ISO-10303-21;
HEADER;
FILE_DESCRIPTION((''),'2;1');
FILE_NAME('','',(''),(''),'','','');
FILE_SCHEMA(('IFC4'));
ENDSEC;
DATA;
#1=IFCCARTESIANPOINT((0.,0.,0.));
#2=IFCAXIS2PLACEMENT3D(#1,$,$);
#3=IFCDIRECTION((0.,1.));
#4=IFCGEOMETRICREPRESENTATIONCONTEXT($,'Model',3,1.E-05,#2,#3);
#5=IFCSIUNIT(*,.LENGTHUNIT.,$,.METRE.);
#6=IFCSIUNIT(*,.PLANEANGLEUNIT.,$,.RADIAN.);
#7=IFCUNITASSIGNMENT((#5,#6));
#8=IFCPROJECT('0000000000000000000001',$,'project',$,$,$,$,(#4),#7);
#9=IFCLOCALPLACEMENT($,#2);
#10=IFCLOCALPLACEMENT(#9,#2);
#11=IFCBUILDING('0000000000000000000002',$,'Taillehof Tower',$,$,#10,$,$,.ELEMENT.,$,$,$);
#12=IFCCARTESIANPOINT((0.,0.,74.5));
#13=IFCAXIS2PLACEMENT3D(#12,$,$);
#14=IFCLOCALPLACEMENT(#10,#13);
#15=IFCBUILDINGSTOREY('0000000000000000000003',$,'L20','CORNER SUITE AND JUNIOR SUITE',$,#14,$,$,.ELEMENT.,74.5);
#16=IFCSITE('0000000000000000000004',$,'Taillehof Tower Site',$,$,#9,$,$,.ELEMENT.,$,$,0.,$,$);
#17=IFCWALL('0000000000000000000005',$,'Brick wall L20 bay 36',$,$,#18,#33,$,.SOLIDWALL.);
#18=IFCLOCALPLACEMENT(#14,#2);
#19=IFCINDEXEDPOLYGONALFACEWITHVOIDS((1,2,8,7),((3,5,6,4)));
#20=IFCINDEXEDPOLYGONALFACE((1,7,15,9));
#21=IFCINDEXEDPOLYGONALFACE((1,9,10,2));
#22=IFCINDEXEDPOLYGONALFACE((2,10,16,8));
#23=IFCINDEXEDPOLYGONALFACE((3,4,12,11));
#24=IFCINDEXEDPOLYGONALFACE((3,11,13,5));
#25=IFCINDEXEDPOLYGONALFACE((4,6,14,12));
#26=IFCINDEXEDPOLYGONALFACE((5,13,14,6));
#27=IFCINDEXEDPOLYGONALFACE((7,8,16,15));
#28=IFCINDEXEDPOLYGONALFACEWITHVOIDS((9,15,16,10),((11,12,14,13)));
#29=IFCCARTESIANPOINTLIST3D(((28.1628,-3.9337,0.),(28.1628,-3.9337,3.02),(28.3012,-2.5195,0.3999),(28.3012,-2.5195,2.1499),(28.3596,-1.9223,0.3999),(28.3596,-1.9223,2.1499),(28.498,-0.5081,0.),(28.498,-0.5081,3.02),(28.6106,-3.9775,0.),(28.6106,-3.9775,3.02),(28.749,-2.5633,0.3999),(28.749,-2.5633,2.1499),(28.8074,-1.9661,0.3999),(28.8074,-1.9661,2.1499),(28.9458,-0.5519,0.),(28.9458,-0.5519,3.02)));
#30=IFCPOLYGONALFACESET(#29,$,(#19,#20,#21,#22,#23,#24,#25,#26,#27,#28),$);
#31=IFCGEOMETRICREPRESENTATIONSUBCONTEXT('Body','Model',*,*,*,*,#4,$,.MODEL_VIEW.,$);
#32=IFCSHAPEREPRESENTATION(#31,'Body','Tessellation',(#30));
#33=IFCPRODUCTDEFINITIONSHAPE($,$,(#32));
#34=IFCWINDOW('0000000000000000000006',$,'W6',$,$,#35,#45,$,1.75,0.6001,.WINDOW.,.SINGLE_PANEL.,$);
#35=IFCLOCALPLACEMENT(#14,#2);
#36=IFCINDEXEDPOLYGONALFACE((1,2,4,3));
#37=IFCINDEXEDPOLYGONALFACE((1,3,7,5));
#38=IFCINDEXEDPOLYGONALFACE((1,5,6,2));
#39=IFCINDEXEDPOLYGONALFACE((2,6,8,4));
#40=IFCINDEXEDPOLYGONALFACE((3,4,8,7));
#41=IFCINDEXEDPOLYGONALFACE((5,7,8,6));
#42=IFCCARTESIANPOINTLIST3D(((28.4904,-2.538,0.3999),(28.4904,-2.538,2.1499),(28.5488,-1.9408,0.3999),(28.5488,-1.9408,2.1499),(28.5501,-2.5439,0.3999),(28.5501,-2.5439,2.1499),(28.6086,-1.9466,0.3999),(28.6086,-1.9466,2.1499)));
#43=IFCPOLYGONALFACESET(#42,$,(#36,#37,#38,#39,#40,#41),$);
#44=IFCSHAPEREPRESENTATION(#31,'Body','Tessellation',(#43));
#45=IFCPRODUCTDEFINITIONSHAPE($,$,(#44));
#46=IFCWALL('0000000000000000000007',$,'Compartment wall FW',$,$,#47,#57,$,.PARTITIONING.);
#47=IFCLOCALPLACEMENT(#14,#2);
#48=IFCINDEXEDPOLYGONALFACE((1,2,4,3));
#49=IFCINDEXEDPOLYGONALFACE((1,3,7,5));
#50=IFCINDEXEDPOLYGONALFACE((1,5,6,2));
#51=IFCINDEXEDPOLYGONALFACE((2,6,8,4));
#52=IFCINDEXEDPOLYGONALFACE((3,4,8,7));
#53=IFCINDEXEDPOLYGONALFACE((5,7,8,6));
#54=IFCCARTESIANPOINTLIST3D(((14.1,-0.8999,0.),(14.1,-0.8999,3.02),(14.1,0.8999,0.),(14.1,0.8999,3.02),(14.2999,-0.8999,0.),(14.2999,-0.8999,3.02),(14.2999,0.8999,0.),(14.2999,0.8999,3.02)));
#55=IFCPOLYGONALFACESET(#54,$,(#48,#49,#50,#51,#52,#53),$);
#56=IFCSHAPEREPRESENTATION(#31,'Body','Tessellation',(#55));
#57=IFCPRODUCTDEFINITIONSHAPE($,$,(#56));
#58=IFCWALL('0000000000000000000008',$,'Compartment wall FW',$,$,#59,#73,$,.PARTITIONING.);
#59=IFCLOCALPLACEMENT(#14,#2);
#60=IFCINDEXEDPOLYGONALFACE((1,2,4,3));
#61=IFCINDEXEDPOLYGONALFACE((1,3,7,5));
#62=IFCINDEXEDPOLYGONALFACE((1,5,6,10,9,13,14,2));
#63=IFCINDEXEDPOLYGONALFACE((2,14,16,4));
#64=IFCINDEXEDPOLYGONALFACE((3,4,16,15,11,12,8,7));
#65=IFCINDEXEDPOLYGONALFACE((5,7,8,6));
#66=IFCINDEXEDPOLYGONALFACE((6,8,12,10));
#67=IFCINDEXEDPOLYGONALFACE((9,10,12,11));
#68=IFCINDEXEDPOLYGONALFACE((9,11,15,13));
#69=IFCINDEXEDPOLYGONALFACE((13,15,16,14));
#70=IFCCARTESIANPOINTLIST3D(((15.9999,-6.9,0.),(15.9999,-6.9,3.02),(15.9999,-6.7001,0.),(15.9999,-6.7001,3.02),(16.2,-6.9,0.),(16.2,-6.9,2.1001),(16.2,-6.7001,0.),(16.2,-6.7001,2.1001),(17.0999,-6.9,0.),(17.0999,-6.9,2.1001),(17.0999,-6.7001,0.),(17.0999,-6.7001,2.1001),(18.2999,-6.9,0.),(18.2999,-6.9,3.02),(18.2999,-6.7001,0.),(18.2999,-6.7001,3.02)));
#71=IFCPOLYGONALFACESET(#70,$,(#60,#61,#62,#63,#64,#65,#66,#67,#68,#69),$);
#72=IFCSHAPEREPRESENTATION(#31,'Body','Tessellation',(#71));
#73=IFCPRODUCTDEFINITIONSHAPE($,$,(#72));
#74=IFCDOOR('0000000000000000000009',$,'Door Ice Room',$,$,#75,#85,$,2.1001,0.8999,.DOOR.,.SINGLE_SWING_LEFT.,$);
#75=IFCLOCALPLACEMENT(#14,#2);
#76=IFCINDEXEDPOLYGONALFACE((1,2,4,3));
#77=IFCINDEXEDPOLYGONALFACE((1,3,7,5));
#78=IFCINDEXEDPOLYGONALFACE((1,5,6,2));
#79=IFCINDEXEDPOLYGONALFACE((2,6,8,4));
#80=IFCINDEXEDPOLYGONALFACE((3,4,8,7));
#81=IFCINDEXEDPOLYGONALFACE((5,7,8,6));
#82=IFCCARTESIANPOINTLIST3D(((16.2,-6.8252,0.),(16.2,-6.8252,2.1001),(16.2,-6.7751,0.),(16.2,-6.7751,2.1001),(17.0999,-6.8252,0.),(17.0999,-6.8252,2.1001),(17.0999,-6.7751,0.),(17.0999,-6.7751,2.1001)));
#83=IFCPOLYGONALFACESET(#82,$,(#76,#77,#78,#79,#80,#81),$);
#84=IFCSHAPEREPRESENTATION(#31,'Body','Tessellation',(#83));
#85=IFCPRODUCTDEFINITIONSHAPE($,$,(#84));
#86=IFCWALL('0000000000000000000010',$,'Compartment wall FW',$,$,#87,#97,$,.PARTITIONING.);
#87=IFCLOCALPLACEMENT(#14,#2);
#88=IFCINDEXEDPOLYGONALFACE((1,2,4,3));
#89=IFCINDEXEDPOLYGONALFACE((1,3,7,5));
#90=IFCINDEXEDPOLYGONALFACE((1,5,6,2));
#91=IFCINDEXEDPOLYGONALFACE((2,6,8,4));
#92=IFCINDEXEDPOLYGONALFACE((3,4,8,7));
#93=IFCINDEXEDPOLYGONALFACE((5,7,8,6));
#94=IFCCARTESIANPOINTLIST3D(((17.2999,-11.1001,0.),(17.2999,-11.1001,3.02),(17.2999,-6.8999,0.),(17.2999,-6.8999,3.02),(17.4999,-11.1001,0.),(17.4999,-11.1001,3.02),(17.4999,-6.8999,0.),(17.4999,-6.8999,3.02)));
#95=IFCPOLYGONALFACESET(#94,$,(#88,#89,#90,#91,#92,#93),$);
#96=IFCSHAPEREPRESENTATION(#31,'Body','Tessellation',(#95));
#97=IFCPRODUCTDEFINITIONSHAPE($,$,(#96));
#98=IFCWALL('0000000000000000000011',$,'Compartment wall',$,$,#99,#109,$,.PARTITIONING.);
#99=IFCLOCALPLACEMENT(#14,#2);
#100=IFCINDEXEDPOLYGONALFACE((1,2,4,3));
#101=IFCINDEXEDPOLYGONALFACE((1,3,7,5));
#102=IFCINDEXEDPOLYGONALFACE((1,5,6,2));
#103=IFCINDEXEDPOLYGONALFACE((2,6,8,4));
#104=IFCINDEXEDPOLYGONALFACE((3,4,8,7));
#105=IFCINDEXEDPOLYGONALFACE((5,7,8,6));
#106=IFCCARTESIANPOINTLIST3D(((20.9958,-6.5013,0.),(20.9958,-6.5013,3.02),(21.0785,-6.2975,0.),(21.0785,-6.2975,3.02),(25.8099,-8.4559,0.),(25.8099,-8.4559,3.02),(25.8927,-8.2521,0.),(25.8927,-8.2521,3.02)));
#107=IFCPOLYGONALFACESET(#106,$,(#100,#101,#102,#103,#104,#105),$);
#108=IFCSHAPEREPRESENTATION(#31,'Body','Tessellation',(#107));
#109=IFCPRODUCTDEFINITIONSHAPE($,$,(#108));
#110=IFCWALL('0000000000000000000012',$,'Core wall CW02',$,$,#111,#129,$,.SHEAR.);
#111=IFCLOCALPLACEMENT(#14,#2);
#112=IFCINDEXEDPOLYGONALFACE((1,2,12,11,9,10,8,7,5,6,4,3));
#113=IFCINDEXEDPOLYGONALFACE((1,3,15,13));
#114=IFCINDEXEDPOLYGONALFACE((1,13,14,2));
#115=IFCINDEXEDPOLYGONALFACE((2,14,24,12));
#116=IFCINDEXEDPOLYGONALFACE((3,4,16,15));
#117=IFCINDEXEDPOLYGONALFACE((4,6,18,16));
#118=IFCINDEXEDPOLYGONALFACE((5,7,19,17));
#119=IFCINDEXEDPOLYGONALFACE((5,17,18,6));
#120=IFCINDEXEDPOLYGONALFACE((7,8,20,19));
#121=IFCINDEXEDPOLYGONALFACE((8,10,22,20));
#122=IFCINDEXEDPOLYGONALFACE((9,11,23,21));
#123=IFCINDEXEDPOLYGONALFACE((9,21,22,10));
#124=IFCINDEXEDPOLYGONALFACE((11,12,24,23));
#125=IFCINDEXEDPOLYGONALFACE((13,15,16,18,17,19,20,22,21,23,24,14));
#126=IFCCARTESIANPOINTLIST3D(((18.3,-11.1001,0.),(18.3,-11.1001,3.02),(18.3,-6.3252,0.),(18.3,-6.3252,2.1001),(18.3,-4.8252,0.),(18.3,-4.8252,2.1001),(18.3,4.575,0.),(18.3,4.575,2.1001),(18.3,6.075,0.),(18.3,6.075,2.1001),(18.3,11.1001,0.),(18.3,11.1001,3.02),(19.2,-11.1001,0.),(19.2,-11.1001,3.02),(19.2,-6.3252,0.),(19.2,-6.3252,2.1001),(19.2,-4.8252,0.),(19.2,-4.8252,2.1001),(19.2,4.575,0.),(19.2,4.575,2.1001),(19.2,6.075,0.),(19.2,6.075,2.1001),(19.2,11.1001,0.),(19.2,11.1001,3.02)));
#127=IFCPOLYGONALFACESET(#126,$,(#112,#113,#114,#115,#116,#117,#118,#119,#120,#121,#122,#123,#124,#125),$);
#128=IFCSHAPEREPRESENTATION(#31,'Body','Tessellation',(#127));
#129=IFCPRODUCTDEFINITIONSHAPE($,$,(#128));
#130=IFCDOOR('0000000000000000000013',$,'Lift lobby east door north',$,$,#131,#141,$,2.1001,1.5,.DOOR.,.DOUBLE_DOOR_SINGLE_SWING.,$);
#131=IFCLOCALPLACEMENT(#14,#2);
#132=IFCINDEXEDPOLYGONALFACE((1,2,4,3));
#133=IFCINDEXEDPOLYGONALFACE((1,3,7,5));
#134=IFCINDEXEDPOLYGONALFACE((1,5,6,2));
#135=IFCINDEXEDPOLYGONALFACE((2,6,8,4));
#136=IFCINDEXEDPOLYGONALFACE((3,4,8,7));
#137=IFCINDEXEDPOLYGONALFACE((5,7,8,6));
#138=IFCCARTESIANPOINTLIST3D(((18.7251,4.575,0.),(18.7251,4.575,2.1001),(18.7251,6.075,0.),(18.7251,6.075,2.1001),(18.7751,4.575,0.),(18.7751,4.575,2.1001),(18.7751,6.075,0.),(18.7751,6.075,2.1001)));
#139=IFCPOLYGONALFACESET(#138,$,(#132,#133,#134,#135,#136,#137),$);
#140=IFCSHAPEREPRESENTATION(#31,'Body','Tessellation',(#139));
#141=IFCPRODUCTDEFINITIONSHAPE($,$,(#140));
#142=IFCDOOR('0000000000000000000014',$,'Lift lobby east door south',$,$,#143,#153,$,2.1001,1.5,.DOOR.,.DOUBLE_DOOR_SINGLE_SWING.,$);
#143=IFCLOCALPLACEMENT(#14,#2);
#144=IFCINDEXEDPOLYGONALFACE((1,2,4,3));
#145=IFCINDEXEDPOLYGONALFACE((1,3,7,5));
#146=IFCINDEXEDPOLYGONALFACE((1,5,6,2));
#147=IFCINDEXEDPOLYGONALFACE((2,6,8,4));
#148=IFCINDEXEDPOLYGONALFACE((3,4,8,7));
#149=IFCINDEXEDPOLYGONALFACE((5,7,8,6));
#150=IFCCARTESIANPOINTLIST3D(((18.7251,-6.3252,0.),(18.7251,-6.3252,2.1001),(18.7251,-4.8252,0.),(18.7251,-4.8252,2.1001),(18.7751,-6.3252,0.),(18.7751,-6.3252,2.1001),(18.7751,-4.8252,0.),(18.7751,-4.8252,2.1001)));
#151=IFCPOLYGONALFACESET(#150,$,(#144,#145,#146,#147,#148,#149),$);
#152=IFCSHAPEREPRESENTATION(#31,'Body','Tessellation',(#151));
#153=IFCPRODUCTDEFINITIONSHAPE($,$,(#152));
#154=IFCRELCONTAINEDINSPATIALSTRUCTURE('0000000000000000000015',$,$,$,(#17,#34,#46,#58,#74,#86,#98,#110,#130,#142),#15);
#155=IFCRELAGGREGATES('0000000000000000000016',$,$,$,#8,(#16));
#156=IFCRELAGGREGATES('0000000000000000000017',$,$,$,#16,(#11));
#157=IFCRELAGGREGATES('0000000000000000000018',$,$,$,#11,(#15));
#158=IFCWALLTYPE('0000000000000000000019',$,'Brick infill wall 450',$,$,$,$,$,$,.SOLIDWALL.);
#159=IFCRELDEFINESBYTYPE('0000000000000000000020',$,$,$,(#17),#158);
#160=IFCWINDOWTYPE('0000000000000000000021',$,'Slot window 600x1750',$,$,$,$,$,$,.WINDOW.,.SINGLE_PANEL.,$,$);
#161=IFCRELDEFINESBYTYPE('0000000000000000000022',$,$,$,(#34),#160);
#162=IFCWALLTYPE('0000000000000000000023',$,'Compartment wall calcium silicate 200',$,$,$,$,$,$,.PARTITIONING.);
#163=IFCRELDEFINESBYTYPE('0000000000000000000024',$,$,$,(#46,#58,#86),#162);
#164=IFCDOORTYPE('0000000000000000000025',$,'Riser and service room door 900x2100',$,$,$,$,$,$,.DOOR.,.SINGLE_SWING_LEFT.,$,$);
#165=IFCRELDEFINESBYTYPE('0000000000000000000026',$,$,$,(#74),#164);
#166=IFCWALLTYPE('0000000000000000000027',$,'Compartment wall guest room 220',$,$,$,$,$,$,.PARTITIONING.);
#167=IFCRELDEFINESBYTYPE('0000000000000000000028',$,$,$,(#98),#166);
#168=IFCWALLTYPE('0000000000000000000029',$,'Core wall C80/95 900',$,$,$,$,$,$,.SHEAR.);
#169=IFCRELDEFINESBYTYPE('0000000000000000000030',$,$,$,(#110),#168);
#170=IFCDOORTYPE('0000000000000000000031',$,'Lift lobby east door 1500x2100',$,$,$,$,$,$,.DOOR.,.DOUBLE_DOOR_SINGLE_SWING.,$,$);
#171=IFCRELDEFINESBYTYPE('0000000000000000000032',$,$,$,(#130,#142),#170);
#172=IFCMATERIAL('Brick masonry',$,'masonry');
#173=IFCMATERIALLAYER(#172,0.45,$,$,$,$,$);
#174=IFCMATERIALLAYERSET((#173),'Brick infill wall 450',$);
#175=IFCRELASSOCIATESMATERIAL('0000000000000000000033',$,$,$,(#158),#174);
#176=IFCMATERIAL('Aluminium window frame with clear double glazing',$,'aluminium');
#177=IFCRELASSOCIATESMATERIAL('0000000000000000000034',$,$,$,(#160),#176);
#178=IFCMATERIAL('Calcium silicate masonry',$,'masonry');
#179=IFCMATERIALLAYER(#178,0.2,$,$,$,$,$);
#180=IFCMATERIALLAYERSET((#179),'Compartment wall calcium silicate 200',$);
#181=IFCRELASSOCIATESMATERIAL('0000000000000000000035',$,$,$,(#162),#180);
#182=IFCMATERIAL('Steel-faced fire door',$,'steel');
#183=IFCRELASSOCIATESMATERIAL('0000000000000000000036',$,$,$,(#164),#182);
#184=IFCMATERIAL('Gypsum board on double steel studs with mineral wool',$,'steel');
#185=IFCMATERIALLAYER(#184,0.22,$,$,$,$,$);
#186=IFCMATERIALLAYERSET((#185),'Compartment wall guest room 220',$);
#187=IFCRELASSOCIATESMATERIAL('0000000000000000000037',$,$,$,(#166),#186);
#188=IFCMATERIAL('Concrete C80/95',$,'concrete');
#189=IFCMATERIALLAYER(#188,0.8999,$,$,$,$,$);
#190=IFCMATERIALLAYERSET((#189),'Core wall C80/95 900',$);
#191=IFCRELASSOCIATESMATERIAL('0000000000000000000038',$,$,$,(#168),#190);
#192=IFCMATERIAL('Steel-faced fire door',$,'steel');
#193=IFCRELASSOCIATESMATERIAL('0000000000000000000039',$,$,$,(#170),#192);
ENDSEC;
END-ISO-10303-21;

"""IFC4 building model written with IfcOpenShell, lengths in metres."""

from ifc_helpers import new_model, si_unit, direction, frame, frame_2d, origin, place, context, subcontext, project, spatial, rectangle, extrude, material, layer, layer_set, type_object, element, fill, save


model = new_model("IFC4")

# Units and contexts
model_context = context("Model", 3, precision=1e-05, world=origin(), true_north=direction((0.0, 1.0)))
body_context = subcontext(model_context, "Body", "Model", "MODEL_VIEW")
ifc_project = project(units=[si_unit("LENGTHUNIT", "METRE"), si_unit("PLANEANGLEUNIT", "RADIAN")], contexts=[model_context])

# Site, building, storey
site_placement = place(None, origin())
site = spatial("IfcSite", under=ifc_project, at=site_placement, Name="Taillehof Tower Site", CompositionType="ELEMENT", RefElevation=0.0)
building_placement = place(site_placement, origin())
building = spatial("IfcBuilding", under=site, at=building_placement, Name="Taillehof Tower", CompositionType="ELEMENT")
storey_placement = place(building_placement, frame((0.0, 0.0, 74.5)))
storey = spatial("IfcBuildingStorey", under=building, at=storey_placement, Name="L20", Description="CORNER SUITE AND JUNIOR SUITE", CompositionType="ELEMENT", Elevation=74.5)

# Shared definitions
ifc_material_1 = material(Name="Brick masonry", Category="masonry")
ifc_layer_1 = layer(ifc_material_1, 0.45)
ifc_layer_set_1 = layer_set([ifc_layer_1], Name="Brick infill wall 450")
wall_type_1 = type_object("IfcWallType", Name="Brick infill wall 450", PredefinedType="SOLIDWALL", material=ifc_layer_set_1)
ifc_material_2 = material(Name="Aluminium window frame with clear double glazing", Category="aluminium")
window_type = type_object("IfcWindowType", Name="Slot window 600x1750", PartitioningType="SINGLE_PANEL", PredefinedType="WINDOW", material=ifc_material_2)

# Wall, opening, window
wall_1_placement = place(storey_placement, frame((28.3867, -3.9556, 0.0), z_axis=(0.0, 0.0, 1.0), x_axis=(0.09739, 0.995246, 0.0)))
wall_1 = element("IfcWall", 1, at=wall_1_placement, inside=storey, type_object=wall_type_1, Name="Brick wall L20 bay 36", PredefinedType="SOLIDWALL", context=body_context, shape_type="SweptSolid", body=[
    extrude(rectangle(XDim=3.4419, YDim=0.45, at=frame_2d((1.7209, 0.0))), origin(), (0.0, 0.0, 1.0), 3.02),
])
opening_1_placement = place(wall_1_placement, frame((1.4209, 0.0, 0.3999)))
opening_1 = element("IfcOpeningElement", 2, at=opening_1_placement, cuts=wall_1, PredefinedType="OPENING", context=body_context, shape_type="SweptSolid", body=[
    extrude(rectangle(XDim=0.6001, YDim=1.75, at=frame_2d((0.3, 0.875))), frame((0.0, 0.2349, 0.0), z_axis=(0.0, -1.0, 0.0), x_axis=(1.0, 0.0, 0.0)), (0.0, 0.0, 1.0), 0.47),
])
window_1_placement = place(opening_1_placement, origin())
window_1 = element("IfcWindow", 3, at=window_1_placement, inside=storey, type_object=window_type, Name="W6", OverallHeight=1.75, OverallWidth=0.6001, PartitioningType="SINGLE_PANEL", PredefinedType="WINDOW", context=body_context, shape_type="SweptSolid", body=[
    extrude(rectangle(XDim=0.6001, YDim=1.75, at=frame_2d((0.3, 0.875))), frame((0.0, 0.0349, 0.0), z_axis=(0.0, -1.0, 0.0), x_axis=(1.0, 0.0, 0.0)), (0.0, 0.0, 1.0), 0.0601),
])
fill(opening_1, window_1)

# Wall
ifc_material_3 = material(Name="Calcium silicate masonry", Category="masonry")
ifc_layer_2 = layer(ifc_material_3, 0.2)
ifc_layer_set_2 = layer_set([ifc_layer_2], Name="Compartment wall calcium silicate 200")
wall_type_2 = type_object("IfcWallType", Name="Compartment wall calcium silicate 200", PredefinedType="PARTITIONING", material=ifc_layer_set_2)
wall_2_placement = place(storey_placement, frame((14.2, -0.8999, 0.0), z_axis=(0.0, 0.0, 1.0), x_axis=(0.0, 1.0, 0.0)))
element("IfcWall", 4, at=wall_2_placement, inside=storey, type_object=wall_type_2, Name="Compartment wall FW", PredefinedType="PARTITIONING", context=body_context, shape_type="SweptSolid", body=[
    extrude(rectangle(XDim=1.7998, YDim=0.2, at=frame_2d((0.8999, 0.0))), origin(), (0.0, 0.0, 1.0), 3.02),
])

# Wall, opening, door
wall_3_placement = place(storey_placement, frame((16.0, -6.8, 0.0), z_axis=(0.0, 0.0, 1.0), x_axis=(1.0, 0.0, 0.0)))
wall_3 = element("IfcWall", 5, at=wall_3_placement, inside=storey, type_object=wall_type_2, Name="Compartment wall FW", PredefinedType="PARTITIONING", context=body_context, shape_type="SweptSolid", body=[
    extrude(rectangle(XDim=2.3, YDim=0.2, at=frame_2d((1.1499, 0.0))), origin(), (0.0, 0.0, 1.0), 3.02),
])
opening_2_placement = place(wall_3_placement, frame((0.2, 0.0, 0.0)))
opening_2 = element("IfcOpeningElement", 6, at=opening_2_placement, cuts=wall_3, PredefinedType="OPENING", context=body_context, shape_type="SweptSolid", body=[
    extrude(rectangle(XDim=0.8999, YDim=2.1001, at=frame_2d((0.45, 1.05))), frame((0.0, 0.1099, 0.0), z_axis=(0.0, -1.0, 0.0), x_axis=(1.0, 0.0, 0.0)), (0.0, 0.0, 1.0), 0.22),
])
ifc_material_4 = material(Name="Steel-faced fire door", Category="steel")
door_type_1 = type_object("IfcDoorType", Name="Riser and service room door 900x2100", OperationType="SINGLE_SWING_LEFT", PredefinedType="DOOR", material=ifc_material_4)
door_1_placement = place(opening_2_placement, origin())
door_1 = element("IfcDoor", 7, at=door_1_placement, inside=storey, type_object=door_type_1, Name="Door Ice Room", OperationType="SINGLE_SWING_LEFT", OverallHeight=2.1001, OverallWidth=0.8999, PredefinedType="DOOR", context=body_context, shape_type="SweptSolid", body=[
    extrude(rectangle(XDim=0.8999, YDim=2.1001, at=frame_2d((0.45, 1.05))), frame((0.0, 0.0249, 0.0), z_axis=(0.0, -1.0, 0.0), x_axis=(1.0, 0.0, 0.0)), (0.0, 0.0, 1.0), 0.05),
])
fill(opening_2, door_1)

# Walls
wall_4_placement = place(storey_placement, frame((17.3999, -11.1001, 0.0), z_axis=(0.0, 0.0, 1.0), x_axis=(0.0, 1.0, 0.0)))
element("IfcWall", 8, at=wall_4_placement, inside=storey, type_object=wall_type_2, Name="Compartment wall FW", PredefinedType="PARTITIONING", context=body_context, shape_type="SweptSolid", body=[
    extrude(rectangle(XDim=4.2002, YDim=0.2, at=frame_2d((2.1001, 0.0))), origin(), (0.0, 0.0, 1.0), 3.02),
])
ifc_material_5 = material(Name="Gypsum board on double steel studs with mineral wool", Category="steel")
ifc_layer_3 = layer(ifc_material_5, 0.22)
ifc_layer_set_3 = layer_set([ifc_layer_3], Name="Compartment wall guest room 220")
wall_type_3 = type_object("IfcWallType", Name="Compartment wall guest room 220", PredefinedType="PARTITIONING", material=ifc_layer_set_3)
wall_5_placement = place(storey_placement, frame((25.8513, -8.354, 0.0), z_axis=(0.0, 0.0, 1.0), x_axis=(-0.926546, 0.376182, 0.0)))
element("IfcWall", 9, at=wall_5_placement, inside=storey, type_object=wall_type_3, Name="Compartment wall", PredefinedType="PARTITIONING", context=body_context, shape_type="SweptSolid", body=[
    extrude(rectangle(XDim=5.1958, YDim=0.22, at=frame_2d((2.5979, 0.0))), origin(), (0.0, 0.0, 1.0), 3.02),
])

# Wall, openings, doors
ifc_material_6 = material(Name="Concrete C80/95", Category="concrete")
ifc_layer_4 = layer(ifc_material_6, 0.8999)
ifc_layer_set_4 = layer_set([ifc_layer_4], Name="Core wall C80/95 900")
wall_type_4 = type_object("IfcWallType", Name="Core wall C80/95 900", PredefinedType="SHEAR", material=ifc_layer_set_4)
wall_6_placement = place(storey_placement, frame((18.75, -11.1001, 0.0), z_axis=(0.0, 0.0, 1.0), x_axis=(0.0, 1.0, 0.0)))
wall_6 = element("IfcWall", 10, at=wall_6_placement, inside=storey, type_object=wall_type_4, Name="Core wall CW02", PredefinedType="SHEAR", context=body_context, shape_type="SweptSolid", body=[
    extrude(rectangle(XDim=22.2002, YDim=0.8999, at=frame_2d((11.1001, 0.0))), origin(), (0.0, 0.0, 1.0), 3.02),
])
opening_3_placement = place(wall_6_placement, frame((15.675, 0.0, 0.0)))
opening_3 = element("IfcOpeningElement", 11, at=opening_3_placement, cuts=wall_6, PredefinedType="OPENING", context=body_context, shape_type="SweptSolid", body=[
    extrude(rectangle(XDim=1.5, YDim=2.1001, at=frame_2d((0.75, 1.05))), frame((0.0, 0.46, 0.0), z_axis=(0.0, -1.0, 0.0), x_axis=(1.0, 0.0, 0.0)), (0.0, 0.0, 1.0), 0.9199),
])
opening_4_placement = place(wall_6_placement, frame((4.7749, 0.0, 0.0)))
opening_4 = element("IfcOpeningElement", 12, at=opening_4_placement, cuts=wall_6, PredefinedType="OPENING", context=body_context, shape_type="SweptSolid", body=[
    extrude(rectangle(XDim=1.5, YDim=2.1001, at=frame_2d((0.75, 1.05))), frame((0.0, 0.46, 0.0), z_axis=(0.0, -1.0, 0.0), x_axis=(1.0, 0.0, 0.0)), (0.0, 0.0, 1.0), 0.9199),
])
ifc_material_7 = material(Name="Steel-faced fire door", Category="steel")
door_type_2 = type_object("IfcDoorType", Name="Lift lobby east door 1500x2100", OperationType="DOUBLE_DOOR_SINGLE_SWING", PredefinedType="DOOR", material=ifc_material_7)
door_2_placement = place(opening_3_placement, origin())
door_2 = element("IfcDoor", 13, at=door_2_placement, inside=storey, type_object=door_type_2, Name="Lift lobby east door north", OperationType="DOUBLE_DOOR_SINGLE_SWING", OverallHeight=2.1001, OverallWidth=1.5, PredefinedType="DOOR", context=body_context, shape_type="SweptSolid", body=[
    extrude(rectangle(XDim=1.5, YDim=2.1001, at=frame_2d((0.75, 1.05))), frame((0.0, 0.0249, 0.0), z_axis=(0.0, -1.0, 0.0), x_axis=(1.0, 0.0, 0.0)), (0.0, 0.0, 1.0), 0.05),
])
fill(opening_3, door_2)
door_3_placement = place(opening_4_placement, origin())
door_3 = element("IfcDoor", 14, at=door_3_placement, inside=storey, type_object=door_type_2, Name="Lift lobby east door south", OperationType="DOUBLE_DOOR_SINGLE_SWING", OverallHeight=2.1001, OverallWidth=1.5, PredefinedType="DOOR", context=body_context, shape_type="SweptSolid", body=[
    extrude(rectangle(XDim=1.5, YDim=2.1001, at=frame_2d((0.75, 1.05))), frame((0.0, 0.0249, 0.0), z_axis=(0.0, -1.0, 0.0), x_axis=(1.0, 0.0, 0.0)), (0.0, 0.0, 1.0), 0.05),
])
fill(opening_4, door_3)

save(model, "model.ifc")
